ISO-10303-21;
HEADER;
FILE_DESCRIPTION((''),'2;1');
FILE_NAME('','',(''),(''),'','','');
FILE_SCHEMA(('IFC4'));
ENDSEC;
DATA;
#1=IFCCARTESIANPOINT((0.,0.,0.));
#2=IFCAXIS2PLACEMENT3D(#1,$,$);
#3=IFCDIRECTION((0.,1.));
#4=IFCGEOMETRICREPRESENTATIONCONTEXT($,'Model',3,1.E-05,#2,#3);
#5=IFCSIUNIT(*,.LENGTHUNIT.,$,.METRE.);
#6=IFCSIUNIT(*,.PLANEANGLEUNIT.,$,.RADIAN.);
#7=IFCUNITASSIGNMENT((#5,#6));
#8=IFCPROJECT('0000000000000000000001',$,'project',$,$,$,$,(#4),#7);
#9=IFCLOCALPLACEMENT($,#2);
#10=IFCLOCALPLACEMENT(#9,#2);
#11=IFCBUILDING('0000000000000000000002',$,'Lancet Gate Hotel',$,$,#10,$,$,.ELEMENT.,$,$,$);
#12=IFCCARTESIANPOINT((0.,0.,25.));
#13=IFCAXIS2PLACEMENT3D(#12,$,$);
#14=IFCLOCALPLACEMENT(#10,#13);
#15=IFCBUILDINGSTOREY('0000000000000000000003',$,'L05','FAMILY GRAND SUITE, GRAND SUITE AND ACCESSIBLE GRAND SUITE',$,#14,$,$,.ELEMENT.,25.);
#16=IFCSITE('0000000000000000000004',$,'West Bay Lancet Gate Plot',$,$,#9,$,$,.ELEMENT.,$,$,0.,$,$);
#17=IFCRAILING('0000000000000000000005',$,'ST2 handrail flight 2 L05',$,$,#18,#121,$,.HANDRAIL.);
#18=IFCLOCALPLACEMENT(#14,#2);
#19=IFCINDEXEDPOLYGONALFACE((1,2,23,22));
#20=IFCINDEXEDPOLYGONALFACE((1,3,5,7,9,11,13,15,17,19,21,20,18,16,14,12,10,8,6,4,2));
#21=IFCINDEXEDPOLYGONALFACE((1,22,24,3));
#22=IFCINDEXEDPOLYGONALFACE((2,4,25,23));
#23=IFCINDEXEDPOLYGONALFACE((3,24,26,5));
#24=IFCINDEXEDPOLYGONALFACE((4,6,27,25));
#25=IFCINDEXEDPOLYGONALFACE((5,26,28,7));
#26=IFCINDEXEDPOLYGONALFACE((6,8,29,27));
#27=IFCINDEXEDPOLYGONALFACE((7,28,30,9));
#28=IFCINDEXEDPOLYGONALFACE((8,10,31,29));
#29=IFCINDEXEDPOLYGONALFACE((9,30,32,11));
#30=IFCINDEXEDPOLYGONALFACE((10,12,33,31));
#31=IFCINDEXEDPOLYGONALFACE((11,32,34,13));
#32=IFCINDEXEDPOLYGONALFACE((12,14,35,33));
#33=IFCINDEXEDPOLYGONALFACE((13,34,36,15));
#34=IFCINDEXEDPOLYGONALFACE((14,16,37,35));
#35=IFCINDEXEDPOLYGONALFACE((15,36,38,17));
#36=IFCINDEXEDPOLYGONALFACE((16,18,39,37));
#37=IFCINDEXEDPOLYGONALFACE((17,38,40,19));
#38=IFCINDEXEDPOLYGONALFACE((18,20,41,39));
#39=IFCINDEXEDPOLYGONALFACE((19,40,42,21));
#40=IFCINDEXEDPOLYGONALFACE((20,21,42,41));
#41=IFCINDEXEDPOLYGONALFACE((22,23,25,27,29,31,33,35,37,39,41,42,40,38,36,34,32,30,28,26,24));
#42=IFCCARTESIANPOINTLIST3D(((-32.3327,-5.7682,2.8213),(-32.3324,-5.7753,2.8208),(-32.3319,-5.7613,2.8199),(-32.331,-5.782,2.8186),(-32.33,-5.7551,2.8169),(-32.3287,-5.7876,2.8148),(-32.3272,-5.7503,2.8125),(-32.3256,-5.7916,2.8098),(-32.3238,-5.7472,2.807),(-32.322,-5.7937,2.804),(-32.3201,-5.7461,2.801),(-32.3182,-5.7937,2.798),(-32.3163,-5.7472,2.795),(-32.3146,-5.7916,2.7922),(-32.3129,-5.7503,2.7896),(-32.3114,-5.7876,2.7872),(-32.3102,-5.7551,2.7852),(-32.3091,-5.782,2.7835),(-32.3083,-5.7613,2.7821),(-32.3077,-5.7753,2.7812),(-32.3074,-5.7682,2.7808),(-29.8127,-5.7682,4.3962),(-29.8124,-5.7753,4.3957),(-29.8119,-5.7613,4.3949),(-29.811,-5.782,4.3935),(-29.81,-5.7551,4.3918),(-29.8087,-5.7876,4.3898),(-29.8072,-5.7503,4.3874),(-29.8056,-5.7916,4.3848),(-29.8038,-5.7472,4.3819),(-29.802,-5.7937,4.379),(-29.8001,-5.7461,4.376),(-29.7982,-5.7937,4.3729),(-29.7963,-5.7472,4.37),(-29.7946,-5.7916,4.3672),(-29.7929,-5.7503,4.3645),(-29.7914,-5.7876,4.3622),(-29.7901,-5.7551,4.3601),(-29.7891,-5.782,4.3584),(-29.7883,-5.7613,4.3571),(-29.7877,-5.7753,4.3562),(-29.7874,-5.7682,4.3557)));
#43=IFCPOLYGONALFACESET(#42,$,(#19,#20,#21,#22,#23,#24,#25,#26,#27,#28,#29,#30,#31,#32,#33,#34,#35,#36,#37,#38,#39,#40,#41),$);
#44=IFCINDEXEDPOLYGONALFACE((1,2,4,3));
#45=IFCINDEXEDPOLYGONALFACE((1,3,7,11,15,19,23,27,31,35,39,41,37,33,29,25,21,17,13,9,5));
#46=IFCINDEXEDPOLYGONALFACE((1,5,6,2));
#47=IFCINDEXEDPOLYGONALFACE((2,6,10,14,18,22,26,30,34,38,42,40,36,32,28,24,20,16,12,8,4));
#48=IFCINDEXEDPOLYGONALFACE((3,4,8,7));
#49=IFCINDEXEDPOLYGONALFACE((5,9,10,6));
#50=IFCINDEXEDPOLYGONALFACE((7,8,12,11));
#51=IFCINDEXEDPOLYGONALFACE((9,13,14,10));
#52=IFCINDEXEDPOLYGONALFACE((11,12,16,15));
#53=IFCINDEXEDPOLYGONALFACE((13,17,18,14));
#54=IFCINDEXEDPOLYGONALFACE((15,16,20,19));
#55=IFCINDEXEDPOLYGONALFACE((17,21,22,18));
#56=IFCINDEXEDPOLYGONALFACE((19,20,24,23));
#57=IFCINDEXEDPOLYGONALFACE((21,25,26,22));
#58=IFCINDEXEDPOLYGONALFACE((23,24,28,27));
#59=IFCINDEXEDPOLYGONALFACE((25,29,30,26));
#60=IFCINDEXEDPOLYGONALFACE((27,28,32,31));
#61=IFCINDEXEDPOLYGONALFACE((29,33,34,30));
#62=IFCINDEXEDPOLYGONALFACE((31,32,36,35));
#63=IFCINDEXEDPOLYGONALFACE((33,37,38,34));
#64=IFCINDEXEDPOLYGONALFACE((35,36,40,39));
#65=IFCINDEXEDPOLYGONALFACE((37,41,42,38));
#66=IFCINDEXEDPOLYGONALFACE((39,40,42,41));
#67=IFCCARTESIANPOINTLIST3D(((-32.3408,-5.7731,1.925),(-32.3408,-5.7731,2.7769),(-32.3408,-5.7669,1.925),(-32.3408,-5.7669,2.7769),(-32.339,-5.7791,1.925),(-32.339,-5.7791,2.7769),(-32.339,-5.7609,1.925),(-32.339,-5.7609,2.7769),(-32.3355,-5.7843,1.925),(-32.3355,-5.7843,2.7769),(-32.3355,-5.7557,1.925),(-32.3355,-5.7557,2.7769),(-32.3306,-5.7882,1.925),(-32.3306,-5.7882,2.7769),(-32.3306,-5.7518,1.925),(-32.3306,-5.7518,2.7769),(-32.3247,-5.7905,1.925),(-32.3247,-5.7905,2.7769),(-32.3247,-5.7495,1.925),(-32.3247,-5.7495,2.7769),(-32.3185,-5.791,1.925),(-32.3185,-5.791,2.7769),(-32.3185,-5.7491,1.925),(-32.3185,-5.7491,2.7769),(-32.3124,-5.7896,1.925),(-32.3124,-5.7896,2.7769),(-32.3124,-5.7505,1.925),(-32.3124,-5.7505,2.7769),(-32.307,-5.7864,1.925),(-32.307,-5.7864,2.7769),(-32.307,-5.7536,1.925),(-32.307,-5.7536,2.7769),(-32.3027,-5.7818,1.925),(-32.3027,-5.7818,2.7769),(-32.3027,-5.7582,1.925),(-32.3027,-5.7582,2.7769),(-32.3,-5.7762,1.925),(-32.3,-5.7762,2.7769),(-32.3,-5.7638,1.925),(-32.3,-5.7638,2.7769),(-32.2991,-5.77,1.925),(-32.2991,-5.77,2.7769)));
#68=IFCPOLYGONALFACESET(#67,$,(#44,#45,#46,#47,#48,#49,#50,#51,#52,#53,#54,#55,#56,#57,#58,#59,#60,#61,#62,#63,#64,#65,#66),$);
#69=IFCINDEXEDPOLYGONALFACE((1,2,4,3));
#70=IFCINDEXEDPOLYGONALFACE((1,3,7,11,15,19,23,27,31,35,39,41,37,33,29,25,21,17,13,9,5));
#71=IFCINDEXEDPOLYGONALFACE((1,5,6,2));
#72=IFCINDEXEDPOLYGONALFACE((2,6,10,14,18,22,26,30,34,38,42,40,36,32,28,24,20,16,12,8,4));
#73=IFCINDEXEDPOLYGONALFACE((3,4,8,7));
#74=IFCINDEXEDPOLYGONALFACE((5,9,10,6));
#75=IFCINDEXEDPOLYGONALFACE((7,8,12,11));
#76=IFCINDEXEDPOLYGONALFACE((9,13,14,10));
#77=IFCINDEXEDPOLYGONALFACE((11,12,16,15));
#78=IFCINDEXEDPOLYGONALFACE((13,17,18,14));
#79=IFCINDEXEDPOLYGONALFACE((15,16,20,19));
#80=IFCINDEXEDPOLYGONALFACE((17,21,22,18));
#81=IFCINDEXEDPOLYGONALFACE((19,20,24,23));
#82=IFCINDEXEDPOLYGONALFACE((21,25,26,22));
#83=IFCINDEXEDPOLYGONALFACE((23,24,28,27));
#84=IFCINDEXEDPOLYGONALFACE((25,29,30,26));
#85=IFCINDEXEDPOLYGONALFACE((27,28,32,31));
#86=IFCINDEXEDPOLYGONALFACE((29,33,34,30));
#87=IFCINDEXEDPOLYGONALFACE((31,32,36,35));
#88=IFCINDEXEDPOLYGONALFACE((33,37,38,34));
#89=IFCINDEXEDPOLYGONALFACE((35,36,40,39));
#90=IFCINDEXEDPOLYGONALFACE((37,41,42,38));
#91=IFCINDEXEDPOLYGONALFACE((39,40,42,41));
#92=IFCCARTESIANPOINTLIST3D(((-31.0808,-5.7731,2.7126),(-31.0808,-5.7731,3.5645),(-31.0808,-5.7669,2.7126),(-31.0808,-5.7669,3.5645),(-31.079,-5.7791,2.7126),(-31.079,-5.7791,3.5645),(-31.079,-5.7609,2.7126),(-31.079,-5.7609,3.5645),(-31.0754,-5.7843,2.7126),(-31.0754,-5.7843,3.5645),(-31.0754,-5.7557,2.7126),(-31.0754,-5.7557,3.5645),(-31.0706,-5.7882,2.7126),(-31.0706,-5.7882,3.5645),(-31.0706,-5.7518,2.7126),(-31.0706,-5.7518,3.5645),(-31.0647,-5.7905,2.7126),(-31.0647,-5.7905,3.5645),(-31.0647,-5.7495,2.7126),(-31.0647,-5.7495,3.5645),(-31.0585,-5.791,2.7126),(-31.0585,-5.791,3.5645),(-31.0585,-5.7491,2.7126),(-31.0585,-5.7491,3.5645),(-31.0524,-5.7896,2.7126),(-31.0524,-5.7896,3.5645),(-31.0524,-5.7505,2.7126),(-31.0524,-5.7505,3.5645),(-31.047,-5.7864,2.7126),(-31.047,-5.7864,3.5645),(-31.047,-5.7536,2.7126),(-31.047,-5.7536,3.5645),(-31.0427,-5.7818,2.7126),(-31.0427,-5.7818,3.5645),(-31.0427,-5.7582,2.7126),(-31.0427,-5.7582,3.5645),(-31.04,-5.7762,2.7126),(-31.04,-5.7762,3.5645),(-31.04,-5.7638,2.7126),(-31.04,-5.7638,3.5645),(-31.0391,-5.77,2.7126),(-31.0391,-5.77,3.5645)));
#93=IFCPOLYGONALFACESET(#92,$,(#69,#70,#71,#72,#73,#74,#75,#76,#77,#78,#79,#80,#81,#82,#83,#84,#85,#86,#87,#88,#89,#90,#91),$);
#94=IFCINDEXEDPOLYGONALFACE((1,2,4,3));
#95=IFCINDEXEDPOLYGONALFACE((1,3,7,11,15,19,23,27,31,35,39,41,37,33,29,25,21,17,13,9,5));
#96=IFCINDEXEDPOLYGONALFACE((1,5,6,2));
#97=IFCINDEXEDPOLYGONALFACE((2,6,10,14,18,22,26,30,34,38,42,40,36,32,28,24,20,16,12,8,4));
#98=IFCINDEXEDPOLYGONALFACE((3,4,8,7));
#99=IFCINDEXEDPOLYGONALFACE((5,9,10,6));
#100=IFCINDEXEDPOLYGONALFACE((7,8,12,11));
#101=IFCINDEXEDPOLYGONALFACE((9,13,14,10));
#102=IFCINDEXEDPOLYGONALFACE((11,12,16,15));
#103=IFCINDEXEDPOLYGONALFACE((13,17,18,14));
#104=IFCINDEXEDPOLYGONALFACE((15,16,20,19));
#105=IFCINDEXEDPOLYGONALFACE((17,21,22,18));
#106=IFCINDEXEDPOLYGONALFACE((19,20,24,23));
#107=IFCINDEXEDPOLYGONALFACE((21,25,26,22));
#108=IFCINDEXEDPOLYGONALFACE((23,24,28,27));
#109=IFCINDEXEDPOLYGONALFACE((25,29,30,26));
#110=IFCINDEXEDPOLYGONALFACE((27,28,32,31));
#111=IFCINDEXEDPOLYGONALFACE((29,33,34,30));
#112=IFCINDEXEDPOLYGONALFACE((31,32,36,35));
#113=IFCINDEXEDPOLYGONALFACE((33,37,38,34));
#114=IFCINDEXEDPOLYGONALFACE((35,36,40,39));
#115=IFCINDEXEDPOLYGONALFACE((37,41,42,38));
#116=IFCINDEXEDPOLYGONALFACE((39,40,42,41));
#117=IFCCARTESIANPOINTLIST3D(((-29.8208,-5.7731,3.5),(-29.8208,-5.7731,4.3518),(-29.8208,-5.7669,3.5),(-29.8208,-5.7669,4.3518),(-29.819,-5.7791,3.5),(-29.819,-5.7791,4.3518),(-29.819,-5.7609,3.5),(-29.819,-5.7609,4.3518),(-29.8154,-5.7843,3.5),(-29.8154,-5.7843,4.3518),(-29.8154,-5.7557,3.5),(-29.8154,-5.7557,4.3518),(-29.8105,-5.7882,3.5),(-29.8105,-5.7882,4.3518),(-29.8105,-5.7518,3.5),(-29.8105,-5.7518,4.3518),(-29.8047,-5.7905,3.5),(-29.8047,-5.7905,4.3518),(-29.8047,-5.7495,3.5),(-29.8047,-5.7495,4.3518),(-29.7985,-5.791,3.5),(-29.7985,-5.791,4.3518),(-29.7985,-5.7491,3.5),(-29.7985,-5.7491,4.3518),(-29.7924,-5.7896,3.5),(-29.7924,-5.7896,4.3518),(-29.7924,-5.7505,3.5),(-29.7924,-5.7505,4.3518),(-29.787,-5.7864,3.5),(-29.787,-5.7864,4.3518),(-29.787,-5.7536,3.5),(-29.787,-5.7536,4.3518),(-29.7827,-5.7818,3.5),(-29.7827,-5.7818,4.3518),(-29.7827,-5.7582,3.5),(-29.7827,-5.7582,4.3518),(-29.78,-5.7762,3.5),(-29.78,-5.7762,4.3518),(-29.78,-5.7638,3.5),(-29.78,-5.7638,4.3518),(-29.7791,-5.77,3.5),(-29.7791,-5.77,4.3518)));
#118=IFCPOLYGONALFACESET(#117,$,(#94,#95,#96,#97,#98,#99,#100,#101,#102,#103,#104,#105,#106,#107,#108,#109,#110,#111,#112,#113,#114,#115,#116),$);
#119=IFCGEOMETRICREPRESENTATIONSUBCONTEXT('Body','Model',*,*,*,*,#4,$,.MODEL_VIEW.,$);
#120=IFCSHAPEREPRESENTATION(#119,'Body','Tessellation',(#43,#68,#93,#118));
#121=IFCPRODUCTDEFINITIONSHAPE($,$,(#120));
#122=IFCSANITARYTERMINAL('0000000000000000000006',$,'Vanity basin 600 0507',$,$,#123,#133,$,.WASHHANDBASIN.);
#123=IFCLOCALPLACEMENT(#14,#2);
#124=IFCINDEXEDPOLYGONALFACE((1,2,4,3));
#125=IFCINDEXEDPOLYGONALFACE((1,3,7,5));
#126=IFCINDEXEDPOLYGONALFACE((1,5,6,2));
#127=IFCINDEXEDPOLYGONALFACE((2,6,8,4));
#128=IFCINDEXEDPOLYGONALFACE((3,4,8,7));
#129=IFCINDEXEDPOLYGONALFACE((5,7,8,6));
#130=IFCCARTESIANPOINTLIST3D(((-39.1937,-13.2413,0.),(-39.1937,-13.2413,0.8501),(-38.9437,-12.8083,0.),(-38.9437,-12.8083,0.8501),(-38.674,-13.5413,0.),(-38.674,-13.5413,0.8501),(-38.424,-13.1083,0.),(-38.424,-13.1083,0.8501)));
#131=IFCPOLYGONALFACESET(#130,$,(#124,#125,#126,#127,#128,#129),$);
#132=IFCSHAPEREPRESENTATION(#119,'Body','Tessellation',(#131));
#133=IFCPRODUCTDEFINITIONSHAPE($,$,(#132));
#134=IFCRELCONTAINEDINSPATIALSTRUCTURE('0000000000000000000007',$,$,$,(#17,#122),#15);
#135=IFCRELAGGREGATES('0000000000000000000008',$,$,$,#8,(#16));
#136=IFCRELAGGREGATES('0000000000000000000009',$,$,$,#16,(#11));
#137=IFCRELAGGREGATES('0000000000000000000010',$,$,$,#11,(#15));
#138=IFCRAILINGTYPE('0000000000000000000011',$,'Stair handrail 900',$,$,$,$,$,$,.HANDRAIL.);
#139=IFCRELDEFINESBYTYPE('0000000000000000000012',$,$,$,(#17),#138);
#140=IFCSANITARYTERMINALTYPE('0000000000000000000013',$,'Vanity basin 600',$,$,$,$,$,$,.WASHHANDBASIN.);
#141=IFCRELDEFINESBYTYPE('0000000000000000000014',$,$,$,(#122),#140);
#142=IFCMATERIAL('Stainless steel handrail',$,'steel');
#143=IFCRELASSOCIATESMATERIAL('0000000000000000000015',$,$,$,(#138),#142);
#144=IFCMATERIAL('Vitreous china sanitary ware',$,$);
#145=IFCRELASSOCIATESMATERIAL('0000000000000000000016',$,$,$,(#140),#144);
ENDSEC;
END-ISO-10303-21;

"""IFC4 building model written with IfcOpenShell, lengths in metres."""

from ifc_helpers import new_model, si_unit, direction, frame, origin, origin_2d, place, context, subcontext, project, spatial, rectangle, circle, extrude, material, type_object, element, save


model = new_model("IFC4")

# Units and contexts
model_context = context("Model", 3, precision=1e-05, world=origin(), true_north=direction((0.0, 1.0)))
body_context = subcontext(model_context, "Body", "Model", "MODEL_VIEW")
ifc_project = project(units=[si_unit("LENGTHUNIT", "METRE"), si_unit("PLANEANGLEUNIT", "RADIAN")], contexts=[model_context])

# Site, building, storey
site_placement = place(None, origin())
site = spatial("IfcSite", under=ifc_project, at=site_placement, Name="West Bay Lancet Gate Plot", CompositionType="ELEMENT", RefElevation=0.0)
building_placement = place(site_placement, origin())
building = spatial("IfcBuilding", under=site, at=building_placement, Name="Lancet Gate Hotel", CompositionType="ELEMENT")
storey_placement = place(building_placement, frame((0.0, 0.0, 25.0)))
storey = spatial("IfcBuildingStorey", under=building, at=storey_placement, Name="L05", Description="FAMILY GRAND SUITE, GRAND SUITE AND ACCESSIBLE GRAND SUITE", CompositionType="ELEMENT", Elevation=25.0)

# Railing
ifc_material_1 = material(Name="Stainless steel handrail", Category="steel")
railing_type = type_object("IfcRailingType", Name="Stair handrail 900", PredefinedType="HANDRAIL", material=ifc_material_1)
railing_1_placement = place(storey_placement, frame((-32.3201, -5.77, 1.925)))
element("IfcRailing", 1, at=railing_1_placement, inside=storey, type_object=railing_type, Name="ST2 handrail flight 2 L05", PredefinedType="HANDRAIL", context=body_context, shape_type="SweptSolid", body=[
    extrude(circle(Radius=0.0239, at=origin_2d()), frame((0.0, 0.0, 0.876), z_axis=(0.848008, 0.0, 0.529984), x_axis=(0.0, 1.0, 0.0)), (0.0, 0.0, 1.0), 2.9717),
    extrude(circle(Radius=0.021, at=origin_2d()), origin(), (0.0, 0.0, 1.0), 0.8518),
    extrude(circle(Radius=0.021, at=origin_2d()), frame((1.26, 0.0, 0.7876)), (0.0, 0.0, 1.0), 0.8518),
    extrude(circle(Radius=0.021, at=origin_2d()), frame((2.52, 0.0, 1.575)), (0.0, 0.0, 1.0), 0.8518),
])

# Sanitary terminal
ifc_material_2 = material(Name="Vitreous china sanitary ware")
sanitary_terminal_type = type_object("IfcSanitaryTerminalType", Name="Vanity basin 600", PredefinedType="WASHHANDBASIN", material=ifc_material_2)
sanitary_terminal_placement = place(storey_placement, frame((-38.8088, -13.1748, 0.0), z_axis=(0.0, 0.0, 1.0), x_axis=(-0.866025, 0.5, 0.0)))
element("IfcSanitaryTerminal", 2, at=sanitary_terminal_placement, inside=storey, type_object=sanitary_terminal_type, Name="Vanity basin 600 0507", PredefinedType="WASHHANDBASIN", context=body_context, shape_type="SweptSolid", body=[
    extrude(rectangle(XDim=0.6001, YDim=0.5, at=origin_2d()), origin(), (0.0, 0.0, 1.0), 0.8501),
])

save(model, "model.ifc")
